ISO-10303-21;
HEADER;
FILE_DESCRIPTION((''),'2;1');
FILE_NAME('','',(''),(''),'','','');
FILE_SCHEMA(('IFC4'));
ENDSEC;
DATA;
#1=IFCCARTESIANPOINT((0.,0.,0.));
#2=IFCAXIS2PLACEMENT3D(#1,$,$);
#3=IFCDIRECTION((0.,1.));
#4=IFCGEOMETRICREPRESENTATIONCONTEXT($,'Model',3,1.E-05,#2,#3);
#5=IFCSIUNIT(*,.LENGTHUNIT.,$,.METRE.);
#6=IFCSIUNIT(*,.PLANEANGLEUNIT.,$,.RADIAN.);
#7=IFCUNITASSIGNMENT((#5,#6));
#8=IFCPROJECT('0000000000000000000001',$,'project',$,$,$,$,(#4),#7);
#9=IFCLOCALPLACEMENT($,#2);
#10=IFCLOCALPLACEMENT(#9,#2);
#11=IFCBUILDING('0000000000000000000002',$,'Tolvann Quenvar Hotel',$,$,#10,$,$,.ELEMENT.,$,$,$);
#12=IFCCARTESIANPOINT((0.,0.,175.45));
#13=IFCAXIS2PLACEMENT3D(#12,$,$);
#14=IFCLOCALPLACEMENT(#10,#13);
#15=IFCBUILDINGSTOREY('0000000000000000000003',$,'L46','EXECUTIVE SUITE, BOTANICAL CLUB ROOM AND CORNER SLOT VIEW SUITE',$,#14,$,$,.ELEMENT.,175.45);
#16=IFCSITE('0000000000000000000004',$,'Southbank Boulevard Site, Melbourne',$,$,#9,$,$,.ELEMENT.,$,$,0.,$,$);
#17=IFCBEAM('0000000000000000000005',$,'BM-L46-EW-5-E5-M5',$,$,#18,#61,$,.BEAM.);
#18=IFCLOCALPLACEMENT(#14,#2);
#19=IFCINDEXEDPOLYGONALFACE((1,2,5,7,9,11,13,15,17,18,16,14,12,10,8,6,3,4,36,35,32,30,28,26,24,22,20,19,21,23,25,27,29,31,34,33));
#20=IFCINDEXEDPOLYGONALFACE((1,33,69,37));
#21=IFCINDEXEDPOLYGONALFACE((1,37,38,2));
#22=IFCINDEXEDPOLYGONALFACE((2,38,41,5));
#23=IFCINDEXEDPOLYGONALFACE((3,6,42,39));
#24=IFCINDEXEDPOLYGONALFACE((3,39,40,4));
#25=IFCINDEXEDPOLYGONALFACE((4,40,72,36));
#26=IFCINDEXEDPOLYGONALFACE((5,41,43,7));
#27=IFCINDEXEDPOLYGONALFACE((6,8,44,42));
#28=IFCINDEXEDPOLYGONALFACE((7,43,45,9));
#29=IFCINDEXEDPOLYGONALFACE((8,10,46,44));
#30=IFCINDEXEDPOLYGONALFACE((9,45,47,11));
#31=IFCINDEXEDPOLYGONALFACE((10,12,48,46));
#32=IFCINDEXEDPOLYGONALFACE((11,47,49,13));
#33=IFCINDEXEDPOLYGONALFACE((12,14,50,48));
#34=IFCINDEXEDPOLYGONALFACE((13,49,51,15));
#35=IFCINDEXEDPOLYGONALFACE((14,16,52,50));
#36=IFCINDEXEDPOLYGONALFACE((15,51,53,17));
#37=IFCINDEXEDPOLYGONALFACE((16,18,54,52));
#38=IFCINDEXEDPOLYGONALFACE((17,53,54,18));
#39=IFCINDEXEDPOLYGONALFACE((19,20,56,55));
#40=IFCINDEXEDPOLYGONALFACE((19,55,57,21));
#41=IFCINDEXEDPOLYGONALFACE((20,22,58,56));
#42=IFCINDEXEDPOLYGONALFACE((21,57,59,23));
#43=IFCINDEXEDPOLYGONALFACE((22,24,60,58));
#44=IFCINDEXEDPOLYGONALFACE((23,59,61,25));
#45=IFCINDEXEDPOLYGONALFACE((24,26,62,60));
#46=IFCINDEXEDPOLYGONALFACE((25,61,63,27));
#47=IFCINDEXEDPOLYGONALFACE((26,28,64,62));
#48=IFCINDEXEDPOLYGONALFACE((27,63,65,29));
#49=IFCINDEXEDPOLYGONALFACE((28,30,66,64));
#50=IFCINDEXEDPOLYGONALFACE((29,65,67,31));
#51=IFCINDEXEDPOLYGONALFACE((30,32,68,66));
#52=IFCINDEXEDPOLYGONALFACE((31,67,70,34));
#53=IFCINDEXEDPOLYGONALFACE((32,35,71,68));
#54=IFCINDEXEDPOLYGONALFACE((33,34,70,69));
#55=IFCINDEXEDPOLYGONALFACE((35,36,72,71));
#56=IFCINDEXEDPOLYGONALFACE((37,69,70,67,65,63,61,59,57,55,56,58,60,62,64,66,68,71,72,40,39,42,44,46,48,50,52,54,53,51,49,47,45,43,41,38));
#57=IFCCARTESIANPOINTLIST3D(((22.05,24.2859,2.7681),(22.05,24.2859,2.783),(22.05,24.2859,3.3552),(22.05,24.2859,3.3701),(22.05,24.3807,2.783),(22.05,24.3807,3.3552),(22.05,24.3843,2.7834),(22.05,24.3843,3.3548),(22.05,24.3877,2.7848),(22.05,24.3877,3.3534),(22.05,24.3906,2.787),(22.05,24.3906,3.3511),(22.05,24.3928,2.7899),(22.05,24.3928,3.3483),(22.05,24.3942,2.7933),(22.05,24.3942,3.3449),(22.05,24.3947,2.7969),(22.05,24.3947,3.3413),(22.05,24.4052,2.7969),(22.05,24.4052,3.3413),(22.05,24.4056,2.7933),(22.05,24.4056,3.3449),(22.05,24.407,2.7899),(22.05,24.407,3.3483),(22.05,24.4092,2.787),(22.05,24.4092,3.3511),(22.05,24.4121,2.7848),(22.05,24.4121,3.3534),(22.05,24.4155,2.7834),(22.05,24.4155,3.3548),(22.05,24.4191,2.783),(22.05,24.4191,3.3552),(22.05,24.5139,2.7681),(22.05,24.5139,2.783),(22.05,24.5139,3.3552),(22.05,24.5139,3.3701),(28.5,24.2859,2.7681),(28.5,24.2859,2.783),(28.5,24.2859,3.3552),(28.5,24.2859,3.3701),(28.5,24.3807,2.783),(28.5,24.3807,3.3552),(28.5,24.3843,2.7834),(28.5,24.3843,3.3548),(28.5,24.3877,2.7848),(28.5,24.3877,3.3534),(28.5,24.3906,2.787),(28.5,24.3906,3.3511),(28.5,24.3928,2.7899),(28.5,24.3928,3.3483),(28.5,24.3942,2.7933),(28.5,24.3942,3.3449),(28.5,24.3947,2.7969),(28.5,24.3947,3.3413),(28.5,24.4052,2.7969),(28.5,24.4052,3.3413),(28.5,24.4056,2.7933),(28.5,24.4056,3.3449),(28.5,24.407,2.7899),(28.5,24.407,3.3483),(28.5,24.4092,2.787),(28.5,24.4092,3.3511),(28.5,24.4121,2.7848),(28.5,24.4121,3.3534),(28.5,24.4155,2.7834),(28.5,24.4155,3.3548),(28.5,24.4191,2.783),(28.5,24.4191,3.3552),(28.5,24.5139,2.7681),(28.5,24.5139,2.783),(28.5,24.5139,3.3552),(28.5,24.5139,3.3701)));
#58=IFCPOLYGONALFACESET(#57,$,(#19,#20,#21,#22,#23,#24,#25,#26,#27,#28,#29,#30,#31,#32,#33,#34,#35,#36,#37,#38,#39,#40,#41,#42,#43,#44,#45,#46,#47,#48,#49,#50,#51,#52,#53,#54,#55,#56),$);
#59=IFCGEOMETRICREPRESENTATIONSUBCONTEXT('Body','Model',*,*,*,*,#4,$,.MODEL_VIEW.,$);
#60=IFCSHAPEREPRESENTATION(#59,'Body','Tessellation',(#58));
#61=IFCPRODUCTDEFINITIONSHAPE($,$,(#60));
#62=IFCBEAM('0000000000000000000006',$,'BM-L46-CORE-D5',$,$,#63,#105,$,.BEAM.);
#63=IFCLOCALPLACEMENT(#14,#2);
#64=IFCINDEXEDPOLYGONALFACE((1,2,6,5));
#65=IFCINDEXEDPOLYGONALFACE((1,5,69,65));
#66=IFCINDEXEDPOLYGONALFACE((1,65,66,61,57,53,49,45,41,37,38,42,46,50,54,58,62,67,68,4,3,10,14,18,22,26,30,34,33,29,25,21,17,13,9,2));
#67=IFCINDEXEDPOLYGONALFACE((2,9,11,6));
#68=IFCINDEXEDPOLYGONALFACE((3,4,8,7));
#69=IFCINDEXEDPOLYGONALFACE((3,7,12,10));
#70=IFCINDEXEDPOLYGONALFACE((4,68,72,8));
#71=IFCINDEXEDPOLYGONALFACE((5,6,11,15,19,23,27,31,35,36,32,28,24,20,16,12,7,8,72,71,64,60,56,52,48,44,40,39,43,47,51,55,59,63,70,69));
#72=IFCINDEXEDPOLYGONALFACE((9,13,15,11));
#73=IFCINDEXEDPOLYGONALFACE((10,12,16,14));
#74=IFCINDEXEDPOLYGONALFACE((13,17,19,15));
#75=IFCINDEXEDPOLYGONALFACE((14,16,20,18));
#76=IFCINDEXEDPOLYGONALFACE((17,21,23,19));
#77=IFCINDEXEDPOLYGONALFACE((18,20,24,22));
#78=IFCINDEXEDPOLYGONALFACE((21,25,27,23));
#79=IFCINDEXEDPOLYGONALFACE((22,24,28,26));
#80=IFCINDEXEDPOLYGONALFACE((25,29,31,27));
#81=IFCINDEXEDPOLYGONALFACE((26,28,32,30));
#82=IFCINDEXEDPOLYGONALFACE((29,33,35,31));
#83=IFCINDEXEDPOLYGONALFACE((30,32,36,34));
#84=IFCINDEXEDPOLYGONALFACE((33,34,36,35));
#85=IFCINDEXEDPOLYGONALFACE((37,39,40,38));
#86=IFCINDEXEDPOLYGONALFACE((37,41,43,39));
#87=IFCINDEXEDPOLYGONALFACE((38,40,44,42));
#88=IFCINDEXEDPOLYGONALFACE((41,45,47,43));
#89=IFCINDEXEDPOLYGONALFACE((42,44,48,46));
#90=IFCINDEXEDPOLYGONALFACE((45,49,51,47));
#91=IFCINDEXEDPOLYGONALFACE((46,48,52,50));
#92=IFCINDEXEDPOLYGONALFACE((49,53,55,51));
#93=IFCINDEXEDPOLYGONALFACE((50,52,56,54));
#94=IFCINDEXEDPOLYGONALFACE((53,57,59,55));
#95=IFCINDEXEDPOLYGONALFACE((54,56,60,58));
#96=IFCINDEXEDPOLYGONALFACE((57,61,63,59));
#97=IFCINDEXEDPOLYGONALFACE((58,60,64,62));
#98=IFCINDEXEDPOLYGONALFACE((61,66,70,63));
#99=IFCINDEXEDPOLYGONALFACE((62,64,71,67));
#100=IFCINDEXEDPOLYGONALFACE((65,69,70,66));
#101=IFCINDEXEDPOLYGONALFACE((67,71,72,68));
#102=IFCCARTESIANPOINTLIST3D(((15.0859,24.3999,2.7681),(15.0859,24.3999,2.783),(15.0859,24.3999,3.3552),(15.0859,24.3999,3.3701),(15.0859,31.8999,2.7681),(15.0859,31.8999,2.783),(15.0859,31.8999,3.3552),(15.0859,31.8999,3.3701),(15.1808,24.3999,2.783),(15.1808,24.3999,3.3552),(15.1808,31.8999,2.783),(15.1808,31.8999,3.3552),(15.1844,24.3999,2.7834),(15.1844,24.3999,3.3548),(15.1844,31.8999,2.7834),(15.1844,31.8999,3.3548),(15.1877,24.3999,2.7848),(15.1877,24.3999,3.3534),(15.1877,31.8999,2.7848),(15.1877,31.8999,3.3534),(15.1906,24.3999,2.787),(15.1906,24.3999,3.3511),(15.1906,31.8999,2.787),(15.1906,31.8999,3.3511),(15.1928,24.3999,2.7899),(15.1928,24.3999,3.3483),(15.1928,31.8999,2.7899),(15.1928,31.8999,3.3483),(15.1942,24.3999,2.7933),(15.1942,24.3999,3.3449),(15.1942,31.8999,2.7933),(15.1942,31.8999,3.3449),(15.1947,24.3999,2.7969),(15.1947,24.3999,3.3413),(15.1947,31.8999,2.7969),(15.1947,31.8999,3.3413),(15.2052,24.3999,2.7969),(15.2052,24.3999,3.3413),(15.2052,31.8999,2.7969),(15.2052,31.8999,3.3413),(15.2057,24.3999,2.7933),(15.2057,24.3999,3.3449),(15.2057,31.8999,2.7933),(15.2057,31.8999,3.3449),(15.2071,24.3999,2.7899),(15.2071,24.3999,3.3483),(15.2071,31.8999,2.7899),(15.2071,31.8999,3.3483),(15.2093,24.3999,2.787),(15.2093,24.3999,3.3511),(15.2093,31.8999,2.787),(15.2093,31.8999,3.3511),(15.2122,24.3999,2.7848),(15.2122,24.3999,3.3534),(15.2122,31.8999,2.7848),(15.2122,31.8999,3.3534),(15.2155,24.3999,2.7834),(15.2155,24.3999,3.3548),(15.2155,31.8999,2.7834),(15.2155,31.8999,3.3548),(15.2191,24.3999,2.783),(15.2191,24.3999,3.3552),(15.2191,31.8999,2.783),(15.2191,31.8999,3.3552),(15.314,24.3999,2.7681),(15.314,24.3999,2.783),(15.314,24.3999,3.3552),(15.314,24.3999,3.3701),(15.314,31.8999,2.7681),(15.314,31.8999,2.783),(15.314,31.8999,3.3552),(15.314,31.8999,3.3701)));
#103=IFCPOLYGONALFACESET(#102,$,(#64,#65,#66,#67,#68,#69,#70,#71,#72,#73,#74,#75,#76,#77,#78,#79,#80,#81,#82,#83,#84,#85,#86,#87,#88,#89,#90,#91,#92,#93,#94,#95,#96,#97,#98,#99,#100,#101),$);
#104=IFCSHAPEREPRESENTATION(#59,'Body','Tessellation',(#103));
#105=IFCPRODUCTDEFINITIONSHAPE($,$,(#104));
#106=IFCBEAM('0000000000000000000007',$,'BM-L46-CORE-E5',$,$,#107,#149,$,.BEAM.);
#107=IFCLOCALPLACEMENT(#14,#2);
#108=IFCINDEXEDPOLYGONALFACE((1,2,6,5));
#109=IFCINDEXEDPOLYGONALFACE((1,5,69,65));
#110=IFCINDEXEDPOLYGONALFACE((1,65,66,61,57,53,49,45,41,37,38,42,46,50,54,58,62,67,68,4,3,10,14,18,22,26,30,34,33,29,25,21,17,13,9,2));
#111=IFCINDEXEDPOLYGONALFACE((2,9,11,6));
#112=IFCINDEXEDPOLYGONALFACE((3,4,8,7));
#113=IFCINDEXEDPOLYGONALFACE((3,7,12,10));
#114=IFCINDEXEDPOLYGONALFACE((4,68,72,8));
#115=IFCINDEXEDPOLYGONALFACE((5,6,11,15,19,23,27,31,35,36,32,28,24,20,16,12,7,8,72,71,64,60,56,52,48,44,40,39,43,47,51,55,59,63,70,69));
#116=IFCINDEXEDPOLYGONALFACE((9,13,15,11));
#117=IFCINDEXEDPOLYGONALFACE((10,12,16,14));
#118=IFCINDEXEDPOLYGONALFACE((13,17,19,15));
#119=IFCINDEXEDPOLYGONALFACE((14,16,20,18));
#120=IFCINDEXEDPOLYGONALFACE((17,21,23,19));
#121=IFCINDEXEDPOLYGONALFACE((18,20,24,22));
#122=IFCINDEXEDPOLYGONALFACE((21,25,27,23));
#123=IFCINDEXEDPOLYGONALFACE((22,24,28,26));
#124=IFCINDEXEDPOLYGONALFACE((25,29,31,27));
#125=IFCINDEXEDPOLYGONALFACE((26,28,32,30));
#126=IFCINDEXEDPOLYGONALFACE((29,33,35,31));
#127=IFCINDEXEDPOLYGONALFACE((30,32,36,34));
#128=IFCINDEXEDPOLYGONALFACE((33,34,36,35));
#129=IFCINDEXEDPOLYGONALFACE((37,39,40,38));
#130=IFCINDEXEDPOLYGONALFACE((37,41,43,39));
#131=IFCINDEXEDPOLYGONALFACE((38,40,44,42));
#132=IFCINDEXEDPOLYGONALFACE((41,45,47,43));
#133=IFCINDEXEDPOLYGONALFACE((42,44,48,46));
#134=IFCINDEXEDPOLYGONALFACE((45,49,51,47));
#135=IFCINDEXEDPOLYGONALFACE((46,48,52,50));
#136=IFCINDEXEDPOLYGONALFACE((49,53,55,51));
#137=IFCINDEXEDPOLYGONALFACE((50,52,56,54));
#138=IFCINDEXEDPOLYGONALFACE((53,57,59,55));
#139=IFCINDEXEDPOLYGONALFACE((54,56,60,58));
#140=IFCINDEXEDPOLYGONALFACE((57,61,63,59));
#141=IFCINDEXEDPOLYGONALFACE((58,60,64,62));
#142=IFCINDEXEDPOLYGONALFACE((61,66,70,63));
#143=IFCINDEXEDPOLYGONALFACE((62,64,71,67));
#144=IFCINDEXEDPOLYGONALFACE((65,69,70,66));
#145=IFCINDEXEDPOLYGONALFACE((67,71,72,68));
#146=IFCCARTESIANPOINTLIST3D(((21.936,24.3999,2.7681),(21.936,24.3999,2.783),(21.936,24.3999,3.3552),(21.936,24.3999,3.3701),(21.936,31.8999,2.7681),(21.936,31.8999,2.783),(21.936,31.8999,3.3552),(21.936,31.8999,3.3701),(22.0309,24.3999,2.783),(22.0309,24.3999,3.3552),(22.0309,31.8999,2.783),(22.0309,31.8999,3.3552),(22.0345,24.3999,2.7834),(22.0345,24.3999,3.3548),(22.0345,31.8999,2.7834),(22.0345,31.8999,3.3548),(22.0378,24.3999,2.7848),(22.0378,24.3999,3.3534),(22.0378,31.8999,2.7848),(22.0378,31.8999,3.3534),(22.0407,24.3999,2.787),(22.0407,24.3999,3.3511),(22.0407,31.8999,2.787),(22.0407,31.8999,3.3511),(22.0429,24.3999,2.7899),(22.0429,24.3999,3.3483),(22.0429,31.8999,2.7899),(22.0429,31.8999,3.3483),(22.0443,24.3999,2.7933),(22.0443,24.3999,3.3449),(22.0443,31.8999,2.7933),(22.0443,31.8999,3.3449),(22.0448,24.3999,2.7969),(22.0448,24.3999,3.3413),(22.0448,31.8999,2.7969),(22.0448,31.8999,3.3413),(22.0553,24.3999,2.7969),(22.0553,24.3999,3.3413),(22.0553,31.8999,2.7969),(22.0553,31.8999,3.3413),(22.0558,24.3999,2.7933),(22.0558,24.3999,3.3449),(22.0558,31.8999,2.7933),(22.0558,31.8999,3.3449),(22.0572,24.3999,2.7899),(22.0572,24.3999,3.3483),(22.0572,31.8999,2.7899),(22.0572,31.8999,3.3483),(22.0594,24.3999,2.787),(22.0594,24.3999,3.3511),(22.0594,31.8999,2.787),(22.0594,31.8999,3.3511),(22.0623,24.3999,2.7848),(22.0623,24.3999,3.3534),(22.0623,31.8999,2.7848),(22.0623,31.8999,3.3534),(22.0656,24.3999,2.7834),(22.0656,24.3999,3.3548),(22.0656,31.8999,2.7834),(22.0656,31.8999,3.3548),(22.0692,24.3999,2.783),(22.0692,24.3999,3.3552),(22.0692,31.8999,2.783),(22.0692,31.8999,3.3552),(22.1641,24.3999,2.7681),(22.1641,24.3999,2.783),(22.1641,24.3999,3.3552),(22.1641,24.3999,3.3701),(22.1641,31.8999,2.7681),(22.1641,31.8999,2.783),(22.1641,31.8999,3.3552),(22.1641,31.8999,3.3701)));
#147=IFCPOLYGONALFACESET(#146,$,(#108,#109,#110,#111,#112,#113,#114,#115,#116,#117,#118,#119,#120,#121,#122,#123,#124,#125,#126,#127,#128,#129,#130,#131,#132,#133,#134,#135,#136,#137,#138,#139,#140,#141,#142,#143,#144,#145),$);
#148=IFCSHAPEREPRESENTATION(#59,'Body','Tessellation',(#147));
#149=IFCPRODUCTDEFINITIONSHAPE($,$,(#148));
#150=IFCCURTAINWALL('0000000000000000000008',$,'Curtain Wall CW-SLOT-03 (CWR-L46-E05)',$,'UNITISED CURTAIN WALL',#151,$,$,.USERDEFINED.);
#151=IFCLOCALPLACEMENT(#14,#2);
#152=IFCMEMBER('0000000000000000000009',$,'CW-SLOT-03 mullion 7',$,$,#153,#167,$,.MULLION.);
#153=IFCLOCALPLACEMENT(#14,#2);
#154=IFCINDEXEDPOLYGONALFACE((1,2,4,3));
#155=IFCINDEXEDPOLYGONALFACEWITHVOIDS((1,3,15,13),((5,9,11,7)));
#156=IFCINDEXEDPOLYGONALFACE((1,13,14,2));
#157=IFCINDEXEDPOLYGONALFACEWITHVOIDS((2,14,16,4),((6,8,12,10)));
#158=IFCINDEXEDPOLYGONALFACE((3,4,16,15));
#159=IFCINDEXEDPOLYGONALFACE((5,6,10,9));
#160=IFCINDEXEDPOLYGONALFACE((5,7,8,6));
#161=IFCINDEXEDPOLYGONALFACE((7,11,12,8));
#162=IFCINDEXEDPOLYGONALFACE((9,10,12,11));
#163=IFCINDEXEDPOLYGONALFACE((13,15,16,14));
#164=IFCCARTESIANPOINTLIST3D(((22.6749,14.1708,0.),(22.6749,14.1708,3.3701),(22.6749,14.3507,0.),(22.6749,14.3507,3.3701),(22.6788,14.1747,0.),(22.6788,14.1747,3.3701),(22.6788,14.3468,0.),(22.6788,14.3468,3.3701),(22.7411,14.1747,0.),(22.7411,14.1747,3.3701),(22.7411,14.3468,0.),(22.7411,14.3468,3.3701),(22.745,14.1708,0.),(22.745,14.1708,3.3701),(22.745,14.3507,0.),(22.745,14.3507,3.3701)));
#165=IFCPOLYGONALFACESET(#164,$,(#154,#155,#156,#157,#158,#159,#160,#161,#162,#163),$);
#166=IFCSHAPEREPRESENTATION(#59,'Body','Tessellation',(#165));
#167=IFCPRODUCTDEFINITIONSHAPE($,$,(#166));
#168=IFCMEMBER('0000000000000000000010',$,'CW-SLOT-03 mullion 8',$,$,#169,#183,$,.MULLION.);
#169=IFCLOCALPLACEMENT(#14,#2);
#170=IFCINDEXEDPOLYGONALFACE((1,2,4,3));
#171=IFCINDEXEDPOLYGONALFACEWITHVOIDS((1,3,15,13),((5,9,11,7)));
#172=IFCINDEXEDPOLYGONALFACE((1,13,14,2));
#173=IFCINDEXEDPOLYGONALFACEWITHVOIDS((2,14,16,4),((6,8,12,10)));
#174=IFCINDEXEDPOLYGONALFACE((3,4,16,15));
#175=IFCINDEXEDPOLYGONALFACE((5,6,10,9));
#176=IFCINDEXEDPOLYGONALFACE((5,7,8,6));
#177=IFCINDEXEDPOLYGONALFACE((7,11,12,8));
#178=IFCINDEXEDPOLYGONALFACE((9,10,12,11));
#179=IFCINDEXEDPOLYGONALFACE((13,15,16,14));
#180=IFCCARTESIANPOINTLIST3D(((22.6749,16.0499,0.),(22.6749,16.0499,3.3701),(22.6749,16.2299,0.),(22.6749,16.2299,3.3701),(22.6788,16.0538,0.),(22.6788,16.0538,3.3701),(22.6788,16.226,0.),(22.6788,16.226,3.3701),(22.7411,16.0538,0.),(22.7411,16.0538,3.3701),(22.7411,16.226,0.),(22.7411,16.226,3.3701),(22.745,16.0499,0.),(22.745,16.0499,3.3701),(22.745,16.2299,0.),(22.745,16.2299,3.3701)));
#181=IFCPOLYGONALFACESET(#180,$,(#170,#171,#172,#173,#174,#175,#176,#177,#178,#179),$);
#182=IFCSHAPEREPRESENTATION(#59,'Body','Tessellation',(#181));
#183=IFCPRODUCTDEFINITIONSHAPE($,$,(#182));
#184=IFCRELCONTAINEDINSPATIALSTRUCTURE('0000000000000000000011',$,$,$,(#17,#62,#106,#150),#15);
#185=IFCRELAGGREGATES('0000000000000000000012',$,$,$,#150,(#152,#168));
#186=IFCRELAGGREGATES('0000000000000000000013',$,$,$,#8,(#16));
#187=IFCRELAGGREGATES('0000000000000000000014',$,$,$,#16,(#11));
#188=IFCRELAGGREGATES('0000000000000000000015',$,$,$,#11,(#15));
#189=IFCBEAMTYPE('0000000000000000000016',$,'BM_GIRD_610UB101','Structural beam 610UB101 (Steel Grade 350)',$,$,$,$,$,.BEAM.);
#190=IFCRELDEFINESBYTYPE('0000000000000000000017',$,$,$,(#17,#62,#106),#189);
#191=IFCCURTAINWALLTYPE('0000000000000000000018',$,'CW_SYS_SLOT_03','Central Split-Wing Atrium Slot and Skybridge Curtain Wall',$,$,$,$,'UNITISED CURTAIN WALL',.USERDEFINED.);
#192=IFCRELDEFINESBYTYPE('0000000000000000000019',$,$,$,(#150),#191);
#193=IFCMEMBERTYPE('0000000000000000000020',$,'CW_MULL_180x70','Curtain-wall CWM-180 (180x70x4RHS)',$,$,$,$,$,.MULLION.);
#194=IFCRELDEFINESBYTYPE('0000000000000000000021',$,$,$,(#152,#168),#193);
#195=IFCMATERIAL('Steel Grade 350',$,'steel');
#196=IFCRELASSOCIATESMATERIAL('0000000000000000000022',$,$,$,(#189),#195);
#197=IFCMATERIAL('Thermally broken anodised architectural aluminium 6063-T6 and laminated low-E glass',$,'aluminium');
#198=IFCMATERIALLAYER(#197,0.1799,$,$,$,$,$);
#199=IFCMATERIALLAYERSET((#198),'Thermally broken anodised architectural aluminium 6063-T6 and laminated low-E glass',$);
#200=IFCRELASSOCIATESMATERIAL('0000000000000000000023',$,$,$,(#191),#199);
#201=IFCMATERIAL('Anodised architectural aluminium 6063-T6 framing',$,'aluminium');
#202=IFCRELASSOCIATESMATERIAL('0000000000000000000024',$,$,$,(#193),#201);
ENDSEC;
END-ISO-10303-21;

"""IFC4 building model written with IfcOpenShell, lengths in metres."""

from ifc_helpers import new_model, si_unit, direction, frame, origin, origin_2d, place, context, subcontext, project, spatial, hollow_rectangle, i_section, extrude, source, transform, mapped, material, layer, layer_set, material_profile, profile_set, type_object, type_shapes, element, aggregate, save


model = new_model("IFC4")

# Units and contexts
model_context = context("Model", 3, precision=1e-05, world=origin(), true_north=direction((0.0, 1.0)))
body_context = subcontext(model_context, "Body", "Model", "MODEL_VIEW")
ifc_project = project(units=[si_unit("LENGTHUNIT", "METRE"), si_unit("PLANEANGLEUNIT", "RADIAN")], contexts=[model_context])

# Site, building, storey
site_placement = place(None, origin())
site = spatial("IfcSite", under=ifc_project, at=site_placement, Name="Southbank Boulevard Site, Melbourne", CompositionType="ELEMENT", RefElevation=0.0)
building_placement = place(site_placement, origin())
building = spatial("IfcBuilding", under=site, at=building_placement, Name="Tolvann Quenvar Hotel", CompositionType="ELEMENT")
storey_placement = place(building_placement, frame((0.0, 0.0, 175.45)))
storey = spatial("IfcBuildingStorey", under=building, at=storey_placement, Name="L46", Description="EXECUTIVE SUITE, BOTANICAL CLUB ROOM AND CORNER SLOT VIEW SUITE", CompositionType="ELEMENT", Elevation=175.45)

# Shared definitions
ifc_material_1 = material(Name="Steel Grade 350", Category="steel")

# Beams
ifc_material_profile_1 = material_profile(ifc_material_1, i_section(OverallWidth=0.228, OverallDepth=0.6021, WebThickness=0.0105, FlangeThickness=0.0149, FilletRadius=0.0139, at=origin_2d()), Name="610UB101")
ifc_profile_set_1 = profile_set([ifc_material_profile_1], Name="Steel Grade 350")
beam_type_1 = type_object("IfcBeamType", Name="BM_GIRD_610UB101", Description="Structural beam 610UB101 (Steel Grade 350)", PredefinedType="BEAM", material=ifc_profile_set_1)
shared_shape_1 = source(origin(), body_context, "Body", "SweptSolid", [
    extrude(i_section(OverallWidth=0.228, OverallDepth=0.6021, WebThickness=0.0105, FlangeThickness=0.0149, FilletRadius=0.0139, at=origin_2d()), origin(), (0.0, 0.0, 1.0), 6.45),
])
beam_1_placement = place(storey_placement, frame((22.05, 24.3999, 3.0691), z_axis=(1.0, 0.0, 0.0), x_axis=(0.0, 1.0, 0.0)))
element("IfcBeam", 1, at=beam_1_placement, inside=storey, type_object=beam_type_1, Name="BM-L46-EW-5-E5-M5", PredefinedType="BEAM", context=body_context, shape_type="MappedRepresentation", body=[
    mapped(shared_shape_1, transform((0.0, 0.0, 0.0), x_axis=(1.0, 0.0, 0.0), y_axis=(0.0, 1.0, 0.0), z_axis=(0.0, 0.0, 1.0), scale=1.0)),
])
shared_shape_2 = source(origin(), body_context, "Body", "SweptSolid", [
    extrude(i_section(OverallWidth=0.228, OverallDepth=0.6021, WebThickness=0.0105, FlangeThickness=0.0149, FilletRadius=0.0139, at=origin_2d()), origin(), (0.0, 0.0, 1.0), 7.5),
])
for number, where, z_axis, x_axis, name in (
    (2, (15.2, 24.3999, 3.0691), (0.0, 1.0, 0.0), (-1.0, 0.0, 0.0), "BM-L46-CORE-D5"),
    (3, (22.05, 24.3999, 3.0691), (0.0, 1.0, 0.0), (-1.0, 0.0, 0.0), "BM-L46-CORE-E5"),
):
    element("IfcBeam", number, at=place(storey_placement, frame(where, z_axis=z_axis, x_axis=x_axis)), inside=storey, type_object=beam_type_1, Name=name, PredefinedType="BEAM", context=body_context, shape_type="MappedRepresentation", body=[
        mapped(shared_shape_2, transform((0.0, 0.0, 0.0), x_axis=(1.0, 0.0, 0.0), y_axis=(0.0, 1.0, 0.0), z_axis=(0.0, 0.0, 1.0), scale=1.0)),
    ])

# Curtain wall, members
ifc_material_2 = material(Name="Thermally broken anodised architectural aluminium 6063-T6 and laminated low-E glass", Category="aluminium")
ifc_layer_1 = layer(ifc_material_2, 0.1799)
ifc_layer_set_1 = layer_set([ifc_layer_1], Name="Thermally broken anodised architectural aluminium 6063-T6 and laminated low-E glass")
curtain_wall_type = type_object("IfcCurtainWallType", Name="CW_SYS_SLOT_03", Description="Central Split-Wing Atrium Slot and Skybridge Curtain Wall", ElementType="UNITISED CURTAIN WALL", PredefinedType="USERDEFINED", material=ifc_layer_set_1)
curtain_wall_placement = place(storey_placement, origin())
curtain_wall = element("IfcCurtainWall", 4, at=curtain_wall_placement, inside=storey, type_object=curtain_wall_type, Name="Curtain Wall CW-SLOT-03 (CWR-L46-E05)", ObjectType="UNITISED CURTAIN WALL", PredefinedType="USERDEFINED")
ifc_material_3 = material(Name="Anodised architectural aluminium 6063-T6 framing", Category="aluminium")
ifc_material_profile_2 = material_profile(ifc_material_3, hollow_rectangle(XDim=0.0701, YDim=0.1799, WallThickness=0.0039, at=origin_2d()), Name="180x70x4RHS")
ifc_profile_set_2 = profile_set([ifc_material_profile_2], Name="Anodised architectural aluminium 6063-T6 framing")
member_type_1 = type_object("IfcMemberType", Name="CW_MULL_180x70", Description="Curtain-wall CWM-180 (180x70x4RHS)", PredefinedType="MULLION", material=ifc_profile_set_2)
shared_shape_3 = source(origin(), body_context, "Body", "SweptSolid", [
    extrude(hollow_rectangle(XDim=0.0701, YDim=0.1799, WallThickness=0.0039, at=origin_2d()), origin(), (0.0, 0.0, 1.0), 3.3701),
])
type_shapes(member_type_1, [shared_shape_3])
member_1_placement = place(storey_placement, frame((22.71, 14.2607, 0.0), z_axis=(0.0, 0.0, 1.0), x_axis=(-1.0, 0.0, 0.0)))
member_1 = element("IfcMember", 5, at=member_1_placement, type_object=member_type_1, Name="CW-SLOT-03 mullion 7", PredefinedType="MULLION", context=body_context, shape_type="MappedRepresentation", body=[
    mapped(shared_shape_3, transform((0.0, 0.0, 0.0), x_axis=(1.0, 0.0, 0.0), y_axis=(0.0, 1.0, 0.0), z_axis=(0.0, 0.0, 1.0), scale=1.0)),
])
member_2_placement = place(storey_placement, frame((22.71, 16.1399, 0.0), z_axis=(0.0, 0.0, 1.0), x_axis=(-1.0, 0.0, 0.0)))
member_2 = element("IfcMember", 6, at=member_2_placement, type_object=member_type_1, Name="CW-SLOT-03 mullion 8", PredefinedType="MULLION", context=body_context, shape_type="MappedRepresentation", body=[
    mapped(shared_shape_3, transform((0.0, 0.0, 0.0), x_axis=(1.0, 0.0, 0.0), y_axis=(0.0, 1.0, 0.0), z_axis=(0.0, 0.0, 1.0), scale=1.0)),
])
aggregate(curtain_wall, [member_1, member_2])

save(model, "model.ifc")
